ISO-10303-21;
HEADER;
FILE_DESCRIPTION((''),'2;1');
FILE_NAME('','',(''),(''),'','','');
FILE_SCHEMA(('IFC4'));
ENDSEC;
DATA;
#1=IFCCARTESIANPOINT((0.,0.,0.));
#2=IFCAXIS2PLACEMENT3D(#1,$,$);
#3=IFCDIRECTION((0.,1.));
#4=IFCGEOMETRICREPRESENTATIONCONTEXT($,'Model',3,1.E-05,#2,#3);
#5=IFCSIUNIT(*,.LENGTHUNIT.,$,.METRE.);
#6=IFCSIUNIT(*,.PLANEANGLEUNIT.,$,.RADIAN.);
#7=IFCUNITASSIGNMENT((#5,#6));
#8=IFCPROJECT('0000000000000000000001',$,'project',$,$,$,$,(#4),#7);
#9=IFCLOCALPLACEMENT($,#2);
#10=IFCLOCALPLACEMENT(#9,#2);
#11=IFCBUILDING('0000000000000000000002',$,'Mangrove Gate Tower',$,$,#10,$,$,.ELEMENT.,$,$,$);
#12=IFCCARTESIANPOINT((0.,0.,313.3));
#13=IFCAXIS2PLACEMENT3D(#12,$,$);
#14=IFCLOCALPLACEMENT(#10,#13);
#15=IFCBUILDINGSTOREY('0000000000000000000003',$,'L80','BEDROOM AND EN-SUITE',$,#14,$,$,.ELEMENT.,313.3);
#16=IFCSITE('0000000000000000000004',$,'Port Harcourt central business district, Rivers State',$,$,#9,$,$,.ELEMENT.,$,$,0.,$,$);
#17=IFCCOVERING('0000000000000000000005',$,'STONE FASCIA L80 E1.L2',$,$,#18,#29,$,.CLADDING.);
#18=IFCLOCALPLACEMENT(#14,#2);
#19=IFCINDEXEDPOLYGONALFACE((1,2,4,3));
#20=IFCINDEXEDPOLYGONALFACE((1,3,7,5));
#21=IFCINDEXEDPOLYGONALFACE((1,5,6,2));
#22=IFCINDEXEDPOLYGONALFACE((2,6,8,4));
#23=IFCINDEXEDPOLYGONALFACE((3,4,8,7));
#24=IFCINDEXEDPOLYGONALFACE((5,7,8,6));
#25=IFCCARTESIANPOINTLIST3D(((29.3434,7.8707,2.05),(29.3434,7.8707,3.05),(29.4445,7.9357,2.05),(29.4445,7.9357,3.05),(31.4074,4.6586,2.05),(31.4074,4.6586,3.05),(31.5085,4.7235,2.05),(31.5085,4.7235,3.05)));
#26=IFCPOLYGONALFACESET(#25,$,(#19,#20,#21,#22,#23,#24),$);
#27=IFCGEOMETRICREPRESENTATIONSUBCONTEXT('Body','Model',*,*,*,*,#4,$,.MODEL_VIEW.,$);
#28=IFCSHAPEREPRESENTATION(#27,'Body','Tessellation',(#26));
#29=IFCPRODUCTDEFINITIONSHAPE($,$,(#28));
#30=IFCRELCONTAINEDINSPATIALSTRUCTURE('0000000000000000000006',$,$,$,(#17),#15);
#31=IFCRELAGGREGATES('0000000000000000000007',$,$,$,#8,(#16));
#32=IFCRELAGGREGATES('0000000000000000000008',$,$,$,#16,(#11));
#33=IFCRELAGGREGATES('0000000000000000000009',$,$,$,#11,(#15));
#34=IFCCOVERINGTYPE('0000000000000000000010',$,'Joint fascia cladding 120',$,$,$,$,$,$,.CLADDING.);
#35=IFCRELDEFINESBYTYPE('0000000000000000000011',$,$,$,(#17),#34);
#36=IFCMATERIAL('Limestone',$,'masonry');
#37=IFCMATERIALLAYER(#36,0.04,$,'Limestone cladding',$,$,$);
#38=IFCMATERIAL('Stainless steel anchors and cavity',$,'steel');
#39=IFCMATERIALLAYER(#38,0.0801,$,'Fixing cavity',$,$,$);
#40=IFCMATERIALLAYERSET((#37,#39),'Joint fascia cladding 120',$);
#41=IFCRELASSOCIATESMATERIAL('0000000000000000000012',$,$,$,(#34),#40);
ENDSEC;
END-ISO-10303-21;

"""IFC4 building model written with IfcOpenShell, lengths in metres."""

from ifc_helpers import new_model, si_unit, direction, frame, frame_2d, origin, place, context, subcontext, project, spatial, rectangle, extrude, material, layer, layer_set, type_object, element, save


model = new_model("IFC4")

# Units and contexts
model_context = context("Model", 3, precision=1e-05, world=origin(), true_north=direction((0.0, 1.0)))
body_context = subcontext(model_context, "Body", "Model", "MODEL_VIEW")
ifc_project = project(units=[si_unit("LENGTHUNIT", "METRE"), si_unit("PLANEANGLEUNIT", "RADIAN")], contexts=[model_context])

# Site, building, storey
site_placement = place(None, origin())
site = spatial("IfcSite", under=ifc_project, at=site_placement, Name="Port Harcourt central business district, Rivers State", CompositionType="ELEMENT", RefElevation=0.0)
building_placement = place(site_placement, origin())
building = spatial("IfcBuilding", under=site, at=building_placement, Name="Mangrove Gate Tower", CompositionType="ELEMENT")
storey_placement = place(building_placement, frame((0.0, 0.0, 313.3)))
storey = spatial("IfcBuildingStorey", under=building, at=storey_placement, Name="L80", Description="BEDROOM AND EN-SUITE", CompositionType="ELEMENT", Elevation=313.3)

# Shared definitions
ifc_material_1 = material(Name="Limestone", Category="masonry")

# Covering
ifc_layer_1 = layer(ifc_material_1, 0.04, Name="Limestone cladding")
ifc_material_2 = material(Name="Stainless steel anchors and cavity", Category="steel")
ifc_layer_2 = layer(ifc_material_2, 0.0801, Name="Fixing cavity")
ifc_layer_set_1 = layer_set([ifc_layer_1, ifc_layer_2], Name="Joint fascia cladding 120")
covering_type = type_object("IfcCoveringType", Name="Joint fascia cladding 120", PredefinedType="CLADDING", material=ifc_layer_set_1)
covering_placement = place(storey_placement, frame((31.458, 4.6909, 2.05), z_axis=(0.0, 0.0, 1.0), x_axis=(-0.540573, 0.841297, 0.0)))
element("IfcCovering", 1, at=covering_placement, inside=storey, type_object=covering_type, Name="STONE FASCIA L80 E1.L2", PredefinedType="CLADDING", context=body_context, shape_type="SweptSolid", body=[
    extrude(rectangle(XDim=3.8181, YDim=0.1201, at=frame_2d((1.9092, 0.0))), origin(), (0.0, 0.0, 1.0), 1.0),
])

save(model, "model.ifc")
